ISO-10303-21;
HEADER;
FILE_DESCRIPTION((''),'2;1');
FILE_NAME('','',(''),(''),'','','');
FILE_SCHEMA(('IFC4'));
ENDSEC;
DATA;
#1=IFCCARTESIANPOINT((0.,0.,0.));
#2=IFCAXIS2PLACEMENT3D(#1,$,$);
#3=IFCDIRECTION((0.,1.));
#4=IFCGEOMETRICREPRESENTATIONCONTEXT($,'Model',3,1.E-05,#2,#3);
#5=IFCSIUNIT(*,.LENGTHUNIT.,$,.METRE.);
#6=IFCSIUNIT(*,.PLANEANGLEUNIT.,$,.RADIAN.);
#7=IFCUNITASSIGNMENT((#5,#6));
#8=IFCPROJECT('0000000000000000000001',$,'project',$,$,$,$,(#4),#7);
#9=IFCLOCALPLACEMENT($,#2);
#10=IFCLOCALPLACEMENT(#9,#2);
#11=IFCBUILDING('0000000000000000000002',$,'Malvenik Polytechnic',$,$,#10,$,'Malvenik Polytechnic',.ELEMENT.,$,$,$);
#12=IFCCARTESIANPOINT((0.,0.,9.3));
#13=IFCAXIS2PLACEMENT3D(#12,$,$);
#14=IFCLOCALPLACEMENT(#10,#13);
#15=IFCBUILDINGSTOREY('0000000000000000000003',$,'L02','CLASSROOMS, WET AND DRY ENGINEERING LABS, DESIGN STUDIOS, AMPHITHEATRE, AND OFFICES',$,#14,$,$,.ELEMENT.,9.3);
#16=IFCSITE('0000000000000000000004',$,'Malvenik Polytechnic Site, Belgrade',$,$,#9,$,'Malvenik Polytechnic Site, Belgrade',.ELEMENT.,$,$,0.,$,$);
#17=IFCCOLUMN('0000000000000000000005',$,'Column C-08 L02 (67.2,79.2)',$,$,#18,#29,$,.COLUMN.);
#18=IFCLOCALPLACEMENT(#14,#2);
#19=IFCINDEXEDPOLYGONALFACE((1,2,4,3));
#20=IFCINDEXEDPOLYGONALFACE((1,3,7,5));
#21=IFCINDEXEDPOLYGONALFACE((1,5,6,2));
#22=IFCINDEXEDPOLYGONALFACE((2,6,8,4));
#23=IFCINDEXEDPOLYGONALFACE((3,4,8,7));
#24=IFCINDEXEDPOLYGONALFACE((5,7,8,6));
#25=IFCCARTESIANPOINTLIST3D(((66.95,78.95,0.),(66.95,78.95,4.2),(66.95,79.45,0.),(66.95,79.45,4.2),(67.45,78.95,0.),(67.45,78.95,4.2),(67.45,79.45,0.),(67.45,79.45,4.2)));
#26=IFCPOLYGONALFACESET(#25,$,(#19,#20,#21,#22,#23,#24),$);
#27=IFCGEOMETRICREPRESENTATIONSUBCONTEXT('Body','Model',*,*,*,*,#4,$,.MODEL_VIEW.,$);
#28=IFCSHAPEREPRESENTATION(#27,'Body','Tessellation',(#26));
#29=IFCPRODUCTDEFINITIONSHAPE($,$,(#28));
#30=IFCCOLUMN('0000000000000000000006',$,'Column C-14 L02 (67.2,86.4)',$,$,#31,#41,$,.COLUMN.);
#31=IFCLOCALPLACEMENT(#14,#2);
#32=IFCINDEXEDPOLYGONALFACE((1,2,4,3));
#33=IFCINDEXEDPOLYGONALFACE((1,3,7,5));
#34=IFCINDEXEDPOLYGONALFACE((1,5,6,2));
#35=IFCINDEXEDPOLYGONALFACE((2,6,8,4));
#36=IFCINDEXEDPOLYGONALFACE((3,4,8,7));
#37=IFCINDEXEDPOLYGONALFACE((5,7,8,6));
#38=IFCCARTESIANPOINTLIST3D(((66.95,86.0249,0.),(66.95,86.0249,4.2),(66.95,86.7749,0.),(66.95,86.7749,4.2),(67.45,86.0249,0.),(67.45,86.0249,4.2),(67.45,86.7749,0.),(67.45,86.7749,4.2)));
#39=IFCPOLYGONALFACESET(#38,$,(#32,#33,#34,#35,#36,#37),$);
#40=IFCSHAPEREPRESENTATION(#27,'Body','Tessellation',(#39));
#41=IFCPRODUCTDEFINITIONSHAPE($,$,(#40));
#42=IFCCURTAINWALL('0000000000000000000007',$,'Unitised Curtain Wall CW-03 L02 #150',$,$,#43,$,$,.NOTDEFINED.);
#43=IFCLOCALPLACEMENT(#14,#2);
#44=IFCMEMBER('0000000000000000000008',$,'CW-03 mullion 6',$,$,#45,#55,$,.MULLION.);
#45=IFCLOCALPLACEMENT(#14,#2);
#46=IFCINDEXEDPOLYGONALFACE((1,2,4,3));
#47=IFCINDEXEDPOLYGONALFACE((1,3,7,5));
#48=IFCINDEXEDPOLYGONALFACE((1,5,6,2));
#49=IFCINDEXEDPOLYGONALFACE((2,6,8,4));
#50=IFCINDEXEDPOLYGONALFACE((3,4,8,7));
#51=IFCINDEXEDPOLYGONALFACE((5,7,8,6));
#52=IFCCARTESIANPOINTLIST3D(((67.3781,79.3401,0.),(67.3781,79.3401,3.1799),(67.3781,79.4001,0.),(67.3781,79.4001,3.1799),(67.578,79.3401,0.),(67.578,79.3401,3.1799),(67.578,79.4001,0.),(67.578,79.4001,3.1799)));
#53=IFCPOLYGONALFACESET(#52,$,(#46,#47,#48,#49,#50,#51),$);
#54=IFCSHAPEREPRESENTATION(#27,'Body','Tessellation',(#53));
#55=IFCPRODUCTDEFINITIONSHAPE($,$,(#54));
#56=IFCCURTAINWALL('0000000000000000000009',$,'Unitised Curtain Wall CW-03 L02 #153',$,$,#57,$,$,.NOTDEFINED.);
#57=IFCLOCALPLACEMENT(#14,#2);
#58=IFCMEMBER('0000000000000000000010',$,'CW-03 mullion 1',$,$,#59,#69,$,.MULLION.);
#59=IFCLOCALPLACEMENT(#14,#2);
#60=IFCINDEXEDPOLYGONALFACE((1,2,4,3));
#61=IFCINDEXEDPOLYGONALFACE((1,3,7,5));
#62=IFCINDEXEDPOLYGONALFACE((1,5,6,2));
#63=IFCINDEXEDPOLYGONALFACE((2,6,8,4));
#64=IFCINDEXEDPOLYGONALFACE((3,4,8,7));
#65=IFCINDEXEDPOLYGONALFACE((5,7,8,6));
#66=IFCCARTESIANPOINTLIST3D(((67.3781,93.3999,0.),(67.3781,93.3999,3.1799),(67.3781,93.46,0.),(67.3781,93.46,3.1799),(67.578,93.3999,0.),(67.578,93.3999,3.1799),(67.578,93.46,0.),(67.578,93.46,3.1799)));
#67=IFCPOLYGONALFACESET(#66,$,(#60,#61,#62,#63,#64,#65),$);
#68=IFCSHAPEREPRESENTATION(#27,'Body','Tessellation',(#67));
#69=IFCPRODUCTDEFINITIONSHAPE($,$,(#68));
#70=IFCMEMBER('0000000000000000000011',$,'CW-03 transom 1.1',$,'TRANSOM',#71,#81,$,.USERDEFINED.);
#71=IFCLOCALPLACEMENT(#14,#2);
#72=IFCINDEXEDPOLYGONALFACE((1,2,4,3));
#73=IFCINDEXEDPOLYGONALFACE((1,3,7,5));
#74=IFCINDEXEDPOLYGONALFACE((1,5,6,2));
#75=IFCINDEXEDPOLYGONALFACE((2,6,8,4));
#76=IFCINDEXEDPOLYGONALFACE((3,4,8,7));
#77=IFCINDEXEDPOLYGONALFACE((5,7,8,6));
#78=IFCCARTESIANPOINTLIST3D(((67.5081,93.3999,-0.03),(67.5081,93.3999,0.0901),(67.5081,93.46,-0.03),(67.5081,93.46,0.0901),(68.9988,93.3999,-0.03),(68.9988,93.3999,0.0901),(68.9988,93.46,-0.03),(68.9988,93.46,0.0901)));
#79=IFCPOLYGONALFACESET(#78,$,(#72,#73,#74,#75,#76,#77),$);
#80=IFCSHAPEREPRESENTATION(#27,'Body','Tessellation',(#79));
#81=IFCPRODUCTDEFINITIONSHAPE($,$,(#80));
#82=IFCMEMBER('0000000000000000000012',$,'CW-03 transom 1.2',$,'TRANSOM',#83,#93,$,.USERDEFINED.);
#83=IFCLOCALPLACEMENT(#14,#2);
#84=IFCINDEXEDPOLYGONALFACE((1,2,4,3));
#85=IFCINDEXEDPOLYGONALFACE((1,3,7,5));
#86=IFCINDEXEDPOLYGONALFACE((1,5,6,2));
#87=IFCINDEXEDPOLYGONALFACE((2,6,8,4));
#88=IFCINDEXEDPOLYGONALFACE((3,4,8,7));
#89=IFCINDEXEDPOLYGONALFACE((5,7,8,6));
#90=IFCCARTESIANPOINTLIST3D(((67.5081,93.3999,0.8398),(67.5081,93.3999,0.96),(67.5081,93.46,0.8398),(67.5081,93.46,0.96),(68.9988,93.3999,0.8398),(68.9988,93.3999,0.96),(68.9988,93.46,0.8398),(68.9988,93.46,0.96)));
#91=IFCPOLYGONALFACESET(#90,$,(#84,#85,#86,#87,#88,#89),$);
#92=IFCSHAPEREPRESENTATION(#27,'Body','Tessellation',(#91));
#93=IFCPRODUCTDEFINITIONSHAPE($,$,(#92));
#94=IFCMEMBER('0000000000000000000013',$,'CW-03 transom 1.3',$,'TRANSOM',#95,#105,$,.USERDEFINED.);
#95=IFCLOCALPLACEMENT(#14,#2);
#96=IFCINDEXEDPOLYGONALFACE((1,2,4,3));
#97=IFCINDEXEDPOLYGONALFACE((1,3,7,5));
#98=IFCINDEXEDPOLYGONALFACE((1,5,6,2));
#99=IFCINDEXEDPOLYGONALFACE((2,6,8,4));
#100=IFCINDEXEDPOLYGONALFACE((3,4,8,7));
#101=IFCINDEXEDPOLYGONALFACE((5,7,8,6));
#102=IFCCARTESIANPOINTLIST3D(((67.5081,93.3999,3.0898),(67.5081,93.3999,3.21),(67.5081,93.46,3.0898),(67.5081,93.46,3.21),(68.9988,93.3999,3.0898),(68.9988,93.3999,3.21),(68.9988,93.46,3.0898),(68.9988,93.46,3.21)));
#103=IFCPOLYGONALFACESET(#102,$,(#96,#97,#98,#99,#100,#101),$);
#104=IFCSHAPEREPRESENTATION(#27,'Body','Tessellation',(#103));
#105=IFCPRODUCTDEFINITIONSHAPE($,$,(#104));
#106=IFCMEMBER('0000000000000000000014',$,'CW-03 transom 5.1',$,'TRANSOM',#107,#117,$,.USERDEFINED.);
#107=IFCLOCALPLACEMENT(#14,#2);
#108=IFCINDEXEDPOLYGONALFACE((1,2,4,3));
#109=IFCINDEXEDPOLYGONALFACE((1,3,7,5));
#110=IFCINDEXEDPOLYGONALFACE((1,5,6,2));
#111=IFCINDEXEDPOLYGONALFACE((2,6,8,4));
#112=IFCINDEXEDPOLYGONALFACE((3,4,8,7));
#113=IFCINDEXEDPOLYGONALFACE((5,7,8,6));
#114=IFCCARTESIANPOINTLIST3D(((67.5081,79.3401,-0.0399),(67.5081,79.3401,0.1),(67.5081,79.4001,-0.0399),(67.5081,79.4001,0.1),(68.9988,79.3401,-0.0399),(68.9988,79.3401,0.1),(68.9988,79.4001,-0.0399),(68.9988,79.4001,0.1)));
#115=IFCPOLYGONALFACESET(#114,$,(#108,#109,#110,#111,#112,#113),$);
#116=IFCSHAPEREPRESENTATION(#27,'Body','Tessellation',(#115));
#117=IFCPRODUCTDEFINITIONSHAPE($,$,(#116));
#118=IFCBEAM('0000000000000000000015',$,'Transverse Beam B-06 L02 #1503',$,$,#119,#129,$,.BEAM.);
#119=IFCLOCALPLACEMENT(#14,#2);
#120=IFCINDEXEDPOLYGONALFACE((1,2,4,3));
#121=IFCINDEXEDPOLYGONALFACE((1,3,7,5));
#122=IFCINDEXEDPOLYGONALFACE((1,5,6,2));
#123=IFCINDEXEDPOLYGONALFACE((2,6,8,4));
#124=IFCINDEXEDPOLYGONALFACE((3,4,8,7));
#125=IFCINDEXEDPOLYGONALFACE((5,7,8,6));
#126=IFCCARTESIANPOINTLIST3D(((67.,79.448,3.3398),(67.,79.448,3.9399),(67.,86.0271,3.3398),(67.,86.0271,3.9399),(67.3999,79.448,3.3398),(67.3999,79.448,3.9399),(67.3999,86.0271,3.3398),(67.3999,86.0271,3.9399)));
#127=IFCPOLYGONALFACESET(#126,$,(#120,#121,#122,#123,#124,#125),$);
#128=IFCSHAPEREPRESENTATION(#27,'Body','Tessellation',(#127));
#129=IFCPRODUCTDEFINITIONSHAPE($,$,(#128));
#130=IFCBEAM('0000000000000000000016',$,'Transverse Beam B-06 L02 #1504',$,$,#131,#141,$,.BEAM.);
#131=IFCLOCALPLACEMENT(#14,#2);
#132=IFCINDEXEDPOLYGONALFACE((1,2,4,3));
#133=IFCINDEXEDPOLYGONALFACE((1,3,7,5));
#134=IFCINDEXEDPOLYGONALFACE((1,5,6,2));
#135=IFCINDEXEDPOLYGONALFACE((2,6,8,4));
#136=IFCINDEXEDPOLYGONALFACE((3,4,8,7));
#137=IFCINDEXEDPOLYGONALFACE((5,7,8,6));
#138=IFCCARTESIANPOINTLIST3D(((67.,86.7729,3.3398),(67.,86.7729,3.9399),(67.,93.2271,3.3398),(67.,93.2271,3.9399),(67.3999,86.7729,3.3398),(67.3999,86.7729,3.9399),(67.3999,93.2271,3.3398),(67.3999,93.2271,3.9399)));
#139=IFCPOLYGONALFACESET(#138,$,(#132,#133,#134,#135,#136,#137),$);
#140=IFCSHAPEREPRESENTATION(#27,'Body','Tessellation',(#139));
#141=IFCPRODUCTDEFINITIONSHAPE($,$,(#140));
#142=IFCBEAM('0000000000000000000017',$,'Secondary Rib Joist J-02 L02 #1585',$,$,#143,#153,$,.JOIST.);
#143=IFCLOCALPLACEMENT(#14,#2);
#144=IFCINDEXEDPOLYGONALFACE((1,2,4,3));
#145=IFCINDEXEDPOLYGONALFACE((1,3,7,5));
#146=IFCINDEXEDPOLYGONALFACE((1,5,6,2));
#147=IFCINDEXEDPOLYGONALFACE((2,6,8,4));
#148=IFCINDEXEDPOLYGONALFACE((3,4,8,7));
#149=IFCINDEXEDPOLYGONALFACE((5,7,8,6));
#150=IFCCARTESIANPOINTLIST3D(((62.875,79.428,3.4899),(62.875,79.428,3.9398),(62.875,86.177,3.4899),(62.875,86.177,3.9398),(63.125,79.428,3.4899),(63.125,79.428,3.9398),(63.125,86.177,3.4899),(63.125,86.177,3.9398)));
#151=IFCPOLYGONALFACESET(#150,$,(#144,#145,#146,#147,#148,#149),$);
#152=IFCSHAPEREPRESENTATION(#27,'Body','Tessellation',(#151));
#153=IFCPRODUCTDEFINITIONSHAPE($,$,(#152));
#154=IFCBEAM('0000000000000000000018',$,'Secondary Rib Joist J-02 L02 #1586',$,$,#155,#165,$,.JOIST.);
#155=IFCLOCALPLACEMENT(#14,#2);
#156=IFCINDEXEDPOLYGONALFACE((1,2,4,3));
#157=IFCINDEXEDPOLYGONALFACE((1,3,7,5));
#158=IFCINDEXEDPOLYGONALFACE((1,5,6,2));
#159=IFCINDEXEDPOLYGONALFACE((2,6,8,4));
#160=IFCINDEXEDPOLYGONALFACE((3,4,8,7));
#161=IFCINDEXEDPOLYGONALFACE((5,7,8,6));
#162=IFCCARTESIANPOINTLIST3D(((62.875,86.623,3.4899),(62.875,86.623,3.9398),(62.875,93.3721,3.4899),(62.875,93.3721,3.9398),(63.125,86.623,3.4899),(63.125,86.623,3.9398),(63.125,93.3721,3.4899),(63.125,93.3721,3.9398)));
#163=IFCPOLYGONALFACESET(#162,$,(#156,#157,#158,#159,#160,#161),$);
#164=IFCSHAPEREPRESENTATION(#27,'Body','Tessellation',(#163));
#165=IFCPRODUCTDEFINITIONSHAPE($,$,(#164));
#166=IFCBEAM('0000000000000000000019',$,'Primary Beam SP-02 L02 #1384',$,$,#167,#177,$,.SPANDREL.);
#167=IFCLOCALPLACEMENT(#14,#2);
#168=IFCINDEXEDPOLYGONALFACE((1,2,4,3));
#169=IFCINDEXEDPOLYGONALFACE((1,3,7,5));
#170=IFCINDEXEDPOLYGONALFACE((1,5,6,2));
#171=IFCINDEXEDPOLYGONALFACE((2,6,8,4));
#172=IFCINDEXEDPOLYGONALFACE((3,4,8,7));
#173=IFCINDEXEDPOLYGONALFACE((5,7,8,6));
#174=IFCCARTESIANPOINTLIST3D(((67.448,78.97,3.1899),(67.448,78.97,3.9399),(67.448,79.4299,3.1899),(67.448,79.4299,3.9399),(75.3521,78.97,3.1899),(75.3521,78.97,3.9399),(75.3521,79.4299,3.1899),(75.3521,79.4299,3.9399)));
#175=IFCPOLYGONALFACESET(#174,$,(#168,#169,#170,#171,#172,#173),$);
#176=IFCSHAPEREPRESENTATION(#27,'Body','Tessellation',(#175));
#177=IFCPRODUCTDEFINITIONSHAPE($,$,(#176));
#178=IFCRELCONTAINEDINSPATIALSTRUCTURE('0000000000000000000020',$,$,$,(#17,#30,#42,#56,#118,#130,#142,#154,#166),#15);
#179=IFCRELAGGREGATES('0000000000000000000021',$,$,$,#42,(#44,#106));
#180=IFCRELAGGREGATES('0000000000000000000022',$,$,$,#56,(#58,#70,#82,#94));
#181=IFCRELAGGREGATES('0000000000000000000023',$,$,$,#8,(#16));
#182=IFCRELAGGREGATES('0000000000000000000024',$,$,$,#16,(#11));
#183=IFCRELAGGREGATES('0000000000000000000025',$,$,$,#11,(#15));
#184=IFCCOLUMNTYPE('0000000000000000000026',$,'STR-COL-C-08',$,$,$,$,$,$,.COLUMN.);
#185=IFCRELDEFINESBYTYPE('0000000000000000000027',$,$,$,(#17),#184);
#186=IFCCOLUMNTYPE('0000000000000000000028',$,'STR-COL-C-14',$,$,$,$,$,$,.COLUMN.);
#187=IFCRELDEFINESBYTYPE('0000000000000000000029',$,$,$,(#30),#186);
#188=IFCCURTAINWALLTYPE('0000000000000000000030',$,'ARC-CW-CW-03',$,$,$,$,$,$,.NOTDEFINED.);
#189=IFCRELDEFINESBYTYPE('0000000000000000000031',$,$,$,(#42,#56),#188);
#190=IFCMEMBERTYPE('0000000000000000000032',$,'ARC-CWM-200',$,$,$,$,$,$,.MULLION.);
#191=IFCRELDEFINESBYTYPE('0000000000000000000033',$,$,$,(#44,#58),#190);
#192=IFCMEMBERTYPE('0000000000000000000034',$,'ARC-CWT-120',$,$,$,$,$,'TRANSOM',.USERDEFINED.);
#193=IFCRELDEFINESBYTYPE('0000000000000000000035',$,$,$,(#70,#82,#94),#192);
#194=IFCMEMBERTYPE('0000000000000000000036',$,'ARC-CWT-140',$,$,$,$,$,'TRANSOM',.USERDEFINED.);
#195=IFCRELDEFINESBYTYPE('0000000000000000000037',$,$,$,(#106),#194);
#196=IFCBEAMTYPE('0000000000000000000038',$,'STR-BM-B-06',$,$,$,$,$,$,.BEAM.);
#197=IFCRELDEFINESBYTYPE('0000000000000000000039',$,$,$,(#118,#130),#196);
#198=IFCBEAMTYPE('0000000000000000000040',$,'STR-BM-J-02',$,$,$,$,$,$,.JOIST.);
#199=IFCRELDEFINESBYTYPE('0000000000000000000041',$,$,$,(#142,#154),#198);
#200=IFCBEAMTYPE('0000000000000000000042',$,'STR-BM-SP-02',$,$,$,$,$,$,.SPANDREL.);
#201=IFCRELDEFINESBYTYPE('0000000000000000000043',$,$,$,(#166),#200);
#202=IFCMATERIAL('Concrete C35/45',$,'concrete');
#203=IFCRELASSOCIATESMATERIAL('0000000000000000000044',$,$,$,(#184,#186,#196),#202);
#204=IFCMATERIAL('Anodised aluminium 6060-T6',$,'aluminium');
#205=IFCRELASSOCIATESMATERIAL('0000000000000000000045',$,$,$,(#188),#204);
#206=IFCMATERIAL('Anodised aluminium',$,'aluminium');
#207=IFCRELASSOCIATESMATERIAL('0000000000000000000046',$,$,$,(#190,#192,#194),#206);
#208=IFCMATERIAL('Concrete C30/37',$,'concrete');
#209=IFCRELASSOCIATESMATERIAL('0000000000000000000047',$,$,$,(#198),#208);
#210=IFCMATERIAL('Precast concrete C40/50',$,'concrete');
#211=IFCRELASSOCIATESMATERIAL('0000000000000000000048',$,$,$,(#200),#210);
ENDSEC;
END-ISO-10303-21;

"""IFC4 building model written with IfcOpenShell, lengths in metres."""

from ifc_helpers import new_model, si_unit, direction, frame, origin, origin_2d, place, context, subcontext, project, spatial, rectangle, extrude, material, material_profile, profile_set, type_object, element, aggregate, save


model = new_model("IFC4")

# Units and contexts
model_context = context("Model", 3, precision=1e-05, world=origin(), true_north=direction((0.0, 1.0)))
body_context = subcontext(model_context, "Body", "Model", "MODEL_VIEW")
ifc_project = project(units=[si_unit("LENGTHUNIT", "METRE"), si_unit("PLANEANGLEUNIT", "RADIAN")], contexts=[model_context])

# Site, building, storey
site_placement = place(None, origin())
site = spatial("IfcSite", under=ifc_project, at=site_placement, Name="Malvenik Polytechnic Site, Belgrade", LongName="Malvenik Polytechnic Site, Belgrade", CompositionType="ELEMENT", RefElevation=0.0)
building_placement = place(site_placement, origin())
building = spatial("IfcBuilding", under=site, at=building_placement, Name="Malvenik Polytechnic", LongName="Malvenik Polytechnic", CompositionType="ELEMENT")
storey_placement = place(building_placement, frame((0.0, 0.0, 9.3)))
storey = spatial("IfcBuildingStorey", under=building, at=storey_placement, Name="L02", Description="CLASSROOMS, WET AND DRY ENGINEERING LABS, DESIGN STUDIOS, AMPHITHEATRE, AND OFFICES", CompositionType="ELEMENT", Elevation=9.3)

# Columns
ifc_material_1 = material(Name="Concrete C35/45", Category="concrete")
ifc_material_profile_1 = material_profile(ifc_material_1, rectangle(XDim=0.5, YDim=0.5, at=origin_2d()), Name="RC COL 500x500")
ifc_profile_set_1 = profile_set([ifc_material_profile_1], Name="Concrete C35/45")
column_type_1 = type_object("IfcColumnType", Name="STR-COL-C-08", PredefinedType="COLUMN", material=ifc_profile_set_1)
column_1_placement = place(storey_placement, frame((67.2, 79.2, 0.0), z_axis=(0.0, 0.0, 1.0), x_axis=(1.0, 0.0, 0.0)))
element("IfcColumn", 1, at=column_1_placement, inside=storey, type_object=column_type_1, Name="Column C-08 L02 (67.2,79.2)", PredefinedType="COLUMN", context=body_context, shape_type="SweptSolid", body=[
    extrude(rectangle(XDim=0.5, YDim=0.5, at=origin_2d()), origin(), (0.0, 0.0, 1.0), 4.2),
])
ifc_material_profile_2 = material_profile(ifc_material_1, rectangle(XDim=0.5, YDim=0.75, at=origin_2d()), Name="RC COL 750x500")
ifc_profile_set_2 = profile_set([ifc_material_profile_2], Name="Concrete C35/45")
column_type_2 = type_object("IfcColumnType", Name="STR-COL-C-14", PredefinedType="COLUMN", material=ifc_profile_set_2)
column_2_placement = place(storey_placement, frame((67.2, 86.3999, 0.0), z_axis=(0.0, 0.0, 1.0), x_axis=(1.0, 0.0, 0.0)))
element("IfcColumn", 2, at=column_2_placement, inside=storey, type_object=column_type_2, Name="Column C-14 L02 (67.2,86.4)", PredefinedType="COLUMN", context=body_context, shape_type="SweptSolid", body=[
    extrude(rectangle(XDim=0.5, YDim=0.75, at=origin_2d()), origin(), (0.0, 0.0, 1.0), 4.2),
])

# Curtain wall, member
ifc_material_2 = material(Name="Anodised aluminium 6060-T6", Category="aluminium")
curtain_wall_type = type_object("IfcCurtainWallType", Name="ARC-CW-CW-03", PredefinedType="NOTDEFINED", material=ifc_material_2)
curtain_wall_1_placement = place(storey_placement, origin())
curtain_wall_1 = element("IfcCurtainWall", 3, at=curtain_wall_1_placement, inside=storey, type_object=curtain_wall_type, Name="Unitised Curtain Wall CW-03 L02 #150", PredefinedType="NOTDEFINED")
ifc_material_3 = material(Name="Anodised aluminium", Category="aluminium")
ifc_material_profile_3 = material_profile(ifc_material_3, rectangle(XDim=0.0601, YDim=0.2, at=origin_2d()), Name="ALU MULLION 60x200")
ifc_profile_set_3 = profile_set([ifc_material_profile_3], Name="Anodised aluminium")
member_type_1 = type_object("IfcMemberType", Name="ARC-CWM-200", PredefinedType="MULLION", material=ifc_profile_set_3)
member_1_placement = place(storey_placement, frame((67.478, 79.3701, 0.0), z_axis=(0.0, 0.0, 1.0), x_axis=(0.0, -1.0, 0.0)))
member_1 = element("IfcMember", 4, at=member_1_placement, type_object=member_type_1, Name="CW-03 mullion 6", PredefinedType="MULLION", context=body_context, shape_type="SweptSolid", body=[
    extrude(rectangle(XDim=0.0601, YDim=0.2, at=origin_2d()), origin(), (0.0, 0.0, 1.0), 3.1799),
])

# Curtain wall, members
curtain_wall_2_placement = place(storey_placement, origin())
curtain_wall_2 = element("IfcCurtainWall", 5, at=curtain_wall_2_placement, inside=storey, type_object=curtain_wall_type, Name="Unitised Curtain Wall CW-03 L02 #153", PredefinedType="NOTDEFINED")
member_2_placement = place(storey_placement, frame((67.478, 93.4299, 0.0), z_axis=(0.0, 0.0, 1.0), x_axis=(0.0, 1.0, 0.0)))
member_2 = element("IfcMember", 6, at=member_2_placement, type_object=member_type_1, Name="CW-03 mullion 1", PredefinedType="MULLION", context=body_context, shape_type="SweptSolid", body=[
    extrude(rectangle(XDim=0.0601, YDim=0.2, at=origin_2d()), origin(), (0.0, 0.0, 1.0), 3.1799),
])
ifc_material_profile_4 = material_profile(ifc_material_3, rectangle(XDim=0.0601, YDim=0.1201, at=origin_2d()), Name="ALU TRANSOM 60x120")
ifc_profile_set_4 = profile_set([ifc_material_profile_4], Name="Anodised aluminium")
member_type_2 = type_object("IfcMemberType", Name="ARC-CWT-120", ElementType="TRANSOM", PredefinedType="USERDEFINED", material=ifc_profile_set_4)
member_3_placement = place(storey_placement, frame((67.5081, 93.4299, 0.03), z_axis=(1.0, 0.0, 0.0), x_axis=(0.0, 1.0, 0.0)))
member_3 = element("IfcMember", 7, at=member_3_placement, type_object=member_type_2, Name="CW-03 transom 1.1", ObjectType="TRANSOM", PredefinedType="USERDEFINED", context=body_context, shape_type="SweptSolid", body=[
    extrude(rectangle(XDim=0.0601, YDim=0.1201, at=origin_2d()), origin(), (0.0, 0.0, 1.0), 1.4907),
])
member_4_placement = place(storey_placement, frame((67.5081, 93.4299, 0.8999), z_axis=(1.0, 0.0, 0.0), x_axis=(0.0, 1.0, 0.0)))
member_4 = element("IfcMember", 8, at=member_4_placement, type_object=member_type_2, Name="CW-03 transom 1.2", ObjectType="TRANSOM", PredefinedType="USERDEFINED", context=body_context, shape_type="SweptSolid", body=[
    extrude(rectangle(XDim=0.0601, YDim=0.1201, at=origin_2d()), origin(), (0.0, 0.0, 1.0), 1.4907),
])
member_5_placement = place(storey_placement, frame((67.5081, 93.4299, 3.1499), z_axis=(1.0, 0.0, 0.0), x_axis=(0.0, 1.0, 0.0)))
member_5 = element("IfcMember", 9, at=member_5_placement, type_object=member_type_2, Name="CW-03 transom 1.3", ObjectType="TRANSOM", PredefinedType="USERDEFINED", context=body_context, shape_type="SweptSolid", body=[
    extrude(rectangle(XDim=0.0601, YDim=0.1201, at=origin_2d()), origin(), (0.0, 0.0, 1.0), 1.4907),
])

# Member
ifc_material_profile_5 = material_profile(ifc_material_3, rectangle(XDim=0.0601, YDim=0.1399, at=origin_2d()), Name="ALU TRANSOM 60x140")
ifc_profile_set_5 = profile_set([ifc_material_profile_5], Name="Anodised aluminium")
member_type_3 = type_object("IfcMemberType", Name="ARC-CWT-140", ElementType="TRANSOM", PredefinedType="USERDEFINED", material=ifc_profile_set_5)
member_6_placement = place(storey_placement, frame((68.9988, 79.3701, 0.03), z_axis=(-1.0, 0.0, 0.0), x_axis=(0.0, -1.0, 0.0)))
member_6 = element("IfcMember", 10, at=member_6_placement, type_object=member_type_3, Name="CW-03 transom 5.1", ObjectType="TRANSOM", PredefinedType="USERDEFINED", context=body_context, shape_type="SweptSolid", body=[
    extrude(rectangle(XDim=0.0601, YDim=0.1399, at=origin_2d()), origin(), (0.0, 0.0, 1.0), 1.4907),
])

# Beams
ifc_material_profile_6 = material_profile(ifc_material_1, rectangle(XDim=0.3999, YDim=0.6001, at=origin_2d()), Name="RC BM 400x600")
ifc_profile_set_6 = profile_set([ifc_material_profile_6], Name="Concrete C35/45")
beam_type_1 = type_object("IfcBeamType", Name="STR-BM-B-06", PredefinedType="BEAM", material=ifc_profile_set_6)
beam_1_placement = place(storey_placement, frame((67.2, 79.448, 3.6399), z_axis=(0.0, 1.0, 0.0), x_axis=(-1.0, 0.0, 0.0)))
element("IfcBeam", 11, at=beam_1_placement, inside=storey, type_object=beam_type_1, Name="Transverse Beam B-06 L02 #1503", PredefinedType="BEAM", context=body_context, shape_type="SweptSolid", body=[
    extrude(rectangle(XDim=0.3999, YDim=0.6001, at=origin_2d()), origin(), (0.0, 0.0, 1.0), 6.5791),
])
beam_2_placement = place(storey_placement, frame((67.2, 86.7729, 3.6399), z_axis=(0.0, 1.0, 0.0), x_axis=(-1.0, 0.0, 0.0)))
element("IfcBeam", 12, at=beam_2_placement, inside=storey, type_object=beam_type_1, Name="Transverse Beam B-06 L02 #1504", PredefinedType="BEAM", context=body_context, shape_type="SweptSolid", body=[
    extrude(rectangle(XDim=0.3999, YDim=0.6001, at=origin_2d()), origin(), (0.0, 0.0, 1.0), 6.4541),
])
ifc_material_4 = material(Name="Concrete C30/37", Category="concrete")
ifc_material_profile_7 = material_profile(ifc_material_4, rectangle(XDim=0.25, YDim=0.45, at=origin_2d()), Name="RC JST 250x450")
ifc_profile_set_7 = profile_set([ifc_material_profile_7], Name="Concrete C30/37")
beam_type_2 = type_object("IfcBeamType", Name="STR-BM-J-02", PredefinedType="JOIST", material=ifc_profile_set_7)
for number, where, z_axis, x_axis, name in (
    (13, (63.0, 79.428, 3.7148), (0.0, 1.0, 0.0), (-1.0, 0.0, 0.0), "Secondary Rib Joist J-02 L02 #1585"),
    (14, (63.0, 86.623, 3.7148), (0.0, 1.0, 0.0), (-1.0, 0.0, 0.0), "Secondary Rib Joist J-02 L02 #1586"),
):
    element("IfcBeam", number, at=place(storey_placement, frame(where, z_axis=z_axis, x_axis=x_axis)), inside=storey, type_object=beam_type_2, Name=name, PredefinedType="JOIST", context=body_context, shape_type="SweptSolid", body=[
        extrude(rectangle(XDim=0.25, YDim=0.45, at=origin_2d()), origin(), (0.0, 0.0, 1.0), 6.749),
    ])
ifc_material_5 = material(Name="Precast concrete C40/50", Category="concrete")
ifc_material_profile_8 = material_profile(ifc_material_5, rectangle(XDim=0.46, YDim=0.75, at=origin_2d()), Name="PC SPN 460x750")
ifc_profile_set_8 = profile_set([ifc_material_profile_8], Name="Precast concrete C40/50")
beam_type_3 = type_object("IfcBeamType", Name="STR-BM-SP-02", PredefinedType="SPANDREL", material=ifc_profile_set_8)
beam_3_placement = place(storey_placement, frame((67.448, 79.2, 3.5649), z_axis=(1.0, 0.0, 0.0), x_axis=(0.0, 1.0, 0.0)))
element("IfcBeam", 15, at=beam_3_placement, inside=storey, type_object=beam_type_3, Name="Primary Beam SP-02 L02 #1384", PredefinedType="SPANDREL", context=body_context, shape_type="SweptSolid", body=[
    extrude(rectangle(XDim=0.46, YDim=0.75, at=origin_2d()), origin(), (0.0, 0.0, 1.0), 7.9041),
])

aggregate(curtain_wall_1, [member_1, member_6])
aggregate(curtain_wall_2, [member_2, member_3, member_4, member_5])

save(model, "model.ifc")
